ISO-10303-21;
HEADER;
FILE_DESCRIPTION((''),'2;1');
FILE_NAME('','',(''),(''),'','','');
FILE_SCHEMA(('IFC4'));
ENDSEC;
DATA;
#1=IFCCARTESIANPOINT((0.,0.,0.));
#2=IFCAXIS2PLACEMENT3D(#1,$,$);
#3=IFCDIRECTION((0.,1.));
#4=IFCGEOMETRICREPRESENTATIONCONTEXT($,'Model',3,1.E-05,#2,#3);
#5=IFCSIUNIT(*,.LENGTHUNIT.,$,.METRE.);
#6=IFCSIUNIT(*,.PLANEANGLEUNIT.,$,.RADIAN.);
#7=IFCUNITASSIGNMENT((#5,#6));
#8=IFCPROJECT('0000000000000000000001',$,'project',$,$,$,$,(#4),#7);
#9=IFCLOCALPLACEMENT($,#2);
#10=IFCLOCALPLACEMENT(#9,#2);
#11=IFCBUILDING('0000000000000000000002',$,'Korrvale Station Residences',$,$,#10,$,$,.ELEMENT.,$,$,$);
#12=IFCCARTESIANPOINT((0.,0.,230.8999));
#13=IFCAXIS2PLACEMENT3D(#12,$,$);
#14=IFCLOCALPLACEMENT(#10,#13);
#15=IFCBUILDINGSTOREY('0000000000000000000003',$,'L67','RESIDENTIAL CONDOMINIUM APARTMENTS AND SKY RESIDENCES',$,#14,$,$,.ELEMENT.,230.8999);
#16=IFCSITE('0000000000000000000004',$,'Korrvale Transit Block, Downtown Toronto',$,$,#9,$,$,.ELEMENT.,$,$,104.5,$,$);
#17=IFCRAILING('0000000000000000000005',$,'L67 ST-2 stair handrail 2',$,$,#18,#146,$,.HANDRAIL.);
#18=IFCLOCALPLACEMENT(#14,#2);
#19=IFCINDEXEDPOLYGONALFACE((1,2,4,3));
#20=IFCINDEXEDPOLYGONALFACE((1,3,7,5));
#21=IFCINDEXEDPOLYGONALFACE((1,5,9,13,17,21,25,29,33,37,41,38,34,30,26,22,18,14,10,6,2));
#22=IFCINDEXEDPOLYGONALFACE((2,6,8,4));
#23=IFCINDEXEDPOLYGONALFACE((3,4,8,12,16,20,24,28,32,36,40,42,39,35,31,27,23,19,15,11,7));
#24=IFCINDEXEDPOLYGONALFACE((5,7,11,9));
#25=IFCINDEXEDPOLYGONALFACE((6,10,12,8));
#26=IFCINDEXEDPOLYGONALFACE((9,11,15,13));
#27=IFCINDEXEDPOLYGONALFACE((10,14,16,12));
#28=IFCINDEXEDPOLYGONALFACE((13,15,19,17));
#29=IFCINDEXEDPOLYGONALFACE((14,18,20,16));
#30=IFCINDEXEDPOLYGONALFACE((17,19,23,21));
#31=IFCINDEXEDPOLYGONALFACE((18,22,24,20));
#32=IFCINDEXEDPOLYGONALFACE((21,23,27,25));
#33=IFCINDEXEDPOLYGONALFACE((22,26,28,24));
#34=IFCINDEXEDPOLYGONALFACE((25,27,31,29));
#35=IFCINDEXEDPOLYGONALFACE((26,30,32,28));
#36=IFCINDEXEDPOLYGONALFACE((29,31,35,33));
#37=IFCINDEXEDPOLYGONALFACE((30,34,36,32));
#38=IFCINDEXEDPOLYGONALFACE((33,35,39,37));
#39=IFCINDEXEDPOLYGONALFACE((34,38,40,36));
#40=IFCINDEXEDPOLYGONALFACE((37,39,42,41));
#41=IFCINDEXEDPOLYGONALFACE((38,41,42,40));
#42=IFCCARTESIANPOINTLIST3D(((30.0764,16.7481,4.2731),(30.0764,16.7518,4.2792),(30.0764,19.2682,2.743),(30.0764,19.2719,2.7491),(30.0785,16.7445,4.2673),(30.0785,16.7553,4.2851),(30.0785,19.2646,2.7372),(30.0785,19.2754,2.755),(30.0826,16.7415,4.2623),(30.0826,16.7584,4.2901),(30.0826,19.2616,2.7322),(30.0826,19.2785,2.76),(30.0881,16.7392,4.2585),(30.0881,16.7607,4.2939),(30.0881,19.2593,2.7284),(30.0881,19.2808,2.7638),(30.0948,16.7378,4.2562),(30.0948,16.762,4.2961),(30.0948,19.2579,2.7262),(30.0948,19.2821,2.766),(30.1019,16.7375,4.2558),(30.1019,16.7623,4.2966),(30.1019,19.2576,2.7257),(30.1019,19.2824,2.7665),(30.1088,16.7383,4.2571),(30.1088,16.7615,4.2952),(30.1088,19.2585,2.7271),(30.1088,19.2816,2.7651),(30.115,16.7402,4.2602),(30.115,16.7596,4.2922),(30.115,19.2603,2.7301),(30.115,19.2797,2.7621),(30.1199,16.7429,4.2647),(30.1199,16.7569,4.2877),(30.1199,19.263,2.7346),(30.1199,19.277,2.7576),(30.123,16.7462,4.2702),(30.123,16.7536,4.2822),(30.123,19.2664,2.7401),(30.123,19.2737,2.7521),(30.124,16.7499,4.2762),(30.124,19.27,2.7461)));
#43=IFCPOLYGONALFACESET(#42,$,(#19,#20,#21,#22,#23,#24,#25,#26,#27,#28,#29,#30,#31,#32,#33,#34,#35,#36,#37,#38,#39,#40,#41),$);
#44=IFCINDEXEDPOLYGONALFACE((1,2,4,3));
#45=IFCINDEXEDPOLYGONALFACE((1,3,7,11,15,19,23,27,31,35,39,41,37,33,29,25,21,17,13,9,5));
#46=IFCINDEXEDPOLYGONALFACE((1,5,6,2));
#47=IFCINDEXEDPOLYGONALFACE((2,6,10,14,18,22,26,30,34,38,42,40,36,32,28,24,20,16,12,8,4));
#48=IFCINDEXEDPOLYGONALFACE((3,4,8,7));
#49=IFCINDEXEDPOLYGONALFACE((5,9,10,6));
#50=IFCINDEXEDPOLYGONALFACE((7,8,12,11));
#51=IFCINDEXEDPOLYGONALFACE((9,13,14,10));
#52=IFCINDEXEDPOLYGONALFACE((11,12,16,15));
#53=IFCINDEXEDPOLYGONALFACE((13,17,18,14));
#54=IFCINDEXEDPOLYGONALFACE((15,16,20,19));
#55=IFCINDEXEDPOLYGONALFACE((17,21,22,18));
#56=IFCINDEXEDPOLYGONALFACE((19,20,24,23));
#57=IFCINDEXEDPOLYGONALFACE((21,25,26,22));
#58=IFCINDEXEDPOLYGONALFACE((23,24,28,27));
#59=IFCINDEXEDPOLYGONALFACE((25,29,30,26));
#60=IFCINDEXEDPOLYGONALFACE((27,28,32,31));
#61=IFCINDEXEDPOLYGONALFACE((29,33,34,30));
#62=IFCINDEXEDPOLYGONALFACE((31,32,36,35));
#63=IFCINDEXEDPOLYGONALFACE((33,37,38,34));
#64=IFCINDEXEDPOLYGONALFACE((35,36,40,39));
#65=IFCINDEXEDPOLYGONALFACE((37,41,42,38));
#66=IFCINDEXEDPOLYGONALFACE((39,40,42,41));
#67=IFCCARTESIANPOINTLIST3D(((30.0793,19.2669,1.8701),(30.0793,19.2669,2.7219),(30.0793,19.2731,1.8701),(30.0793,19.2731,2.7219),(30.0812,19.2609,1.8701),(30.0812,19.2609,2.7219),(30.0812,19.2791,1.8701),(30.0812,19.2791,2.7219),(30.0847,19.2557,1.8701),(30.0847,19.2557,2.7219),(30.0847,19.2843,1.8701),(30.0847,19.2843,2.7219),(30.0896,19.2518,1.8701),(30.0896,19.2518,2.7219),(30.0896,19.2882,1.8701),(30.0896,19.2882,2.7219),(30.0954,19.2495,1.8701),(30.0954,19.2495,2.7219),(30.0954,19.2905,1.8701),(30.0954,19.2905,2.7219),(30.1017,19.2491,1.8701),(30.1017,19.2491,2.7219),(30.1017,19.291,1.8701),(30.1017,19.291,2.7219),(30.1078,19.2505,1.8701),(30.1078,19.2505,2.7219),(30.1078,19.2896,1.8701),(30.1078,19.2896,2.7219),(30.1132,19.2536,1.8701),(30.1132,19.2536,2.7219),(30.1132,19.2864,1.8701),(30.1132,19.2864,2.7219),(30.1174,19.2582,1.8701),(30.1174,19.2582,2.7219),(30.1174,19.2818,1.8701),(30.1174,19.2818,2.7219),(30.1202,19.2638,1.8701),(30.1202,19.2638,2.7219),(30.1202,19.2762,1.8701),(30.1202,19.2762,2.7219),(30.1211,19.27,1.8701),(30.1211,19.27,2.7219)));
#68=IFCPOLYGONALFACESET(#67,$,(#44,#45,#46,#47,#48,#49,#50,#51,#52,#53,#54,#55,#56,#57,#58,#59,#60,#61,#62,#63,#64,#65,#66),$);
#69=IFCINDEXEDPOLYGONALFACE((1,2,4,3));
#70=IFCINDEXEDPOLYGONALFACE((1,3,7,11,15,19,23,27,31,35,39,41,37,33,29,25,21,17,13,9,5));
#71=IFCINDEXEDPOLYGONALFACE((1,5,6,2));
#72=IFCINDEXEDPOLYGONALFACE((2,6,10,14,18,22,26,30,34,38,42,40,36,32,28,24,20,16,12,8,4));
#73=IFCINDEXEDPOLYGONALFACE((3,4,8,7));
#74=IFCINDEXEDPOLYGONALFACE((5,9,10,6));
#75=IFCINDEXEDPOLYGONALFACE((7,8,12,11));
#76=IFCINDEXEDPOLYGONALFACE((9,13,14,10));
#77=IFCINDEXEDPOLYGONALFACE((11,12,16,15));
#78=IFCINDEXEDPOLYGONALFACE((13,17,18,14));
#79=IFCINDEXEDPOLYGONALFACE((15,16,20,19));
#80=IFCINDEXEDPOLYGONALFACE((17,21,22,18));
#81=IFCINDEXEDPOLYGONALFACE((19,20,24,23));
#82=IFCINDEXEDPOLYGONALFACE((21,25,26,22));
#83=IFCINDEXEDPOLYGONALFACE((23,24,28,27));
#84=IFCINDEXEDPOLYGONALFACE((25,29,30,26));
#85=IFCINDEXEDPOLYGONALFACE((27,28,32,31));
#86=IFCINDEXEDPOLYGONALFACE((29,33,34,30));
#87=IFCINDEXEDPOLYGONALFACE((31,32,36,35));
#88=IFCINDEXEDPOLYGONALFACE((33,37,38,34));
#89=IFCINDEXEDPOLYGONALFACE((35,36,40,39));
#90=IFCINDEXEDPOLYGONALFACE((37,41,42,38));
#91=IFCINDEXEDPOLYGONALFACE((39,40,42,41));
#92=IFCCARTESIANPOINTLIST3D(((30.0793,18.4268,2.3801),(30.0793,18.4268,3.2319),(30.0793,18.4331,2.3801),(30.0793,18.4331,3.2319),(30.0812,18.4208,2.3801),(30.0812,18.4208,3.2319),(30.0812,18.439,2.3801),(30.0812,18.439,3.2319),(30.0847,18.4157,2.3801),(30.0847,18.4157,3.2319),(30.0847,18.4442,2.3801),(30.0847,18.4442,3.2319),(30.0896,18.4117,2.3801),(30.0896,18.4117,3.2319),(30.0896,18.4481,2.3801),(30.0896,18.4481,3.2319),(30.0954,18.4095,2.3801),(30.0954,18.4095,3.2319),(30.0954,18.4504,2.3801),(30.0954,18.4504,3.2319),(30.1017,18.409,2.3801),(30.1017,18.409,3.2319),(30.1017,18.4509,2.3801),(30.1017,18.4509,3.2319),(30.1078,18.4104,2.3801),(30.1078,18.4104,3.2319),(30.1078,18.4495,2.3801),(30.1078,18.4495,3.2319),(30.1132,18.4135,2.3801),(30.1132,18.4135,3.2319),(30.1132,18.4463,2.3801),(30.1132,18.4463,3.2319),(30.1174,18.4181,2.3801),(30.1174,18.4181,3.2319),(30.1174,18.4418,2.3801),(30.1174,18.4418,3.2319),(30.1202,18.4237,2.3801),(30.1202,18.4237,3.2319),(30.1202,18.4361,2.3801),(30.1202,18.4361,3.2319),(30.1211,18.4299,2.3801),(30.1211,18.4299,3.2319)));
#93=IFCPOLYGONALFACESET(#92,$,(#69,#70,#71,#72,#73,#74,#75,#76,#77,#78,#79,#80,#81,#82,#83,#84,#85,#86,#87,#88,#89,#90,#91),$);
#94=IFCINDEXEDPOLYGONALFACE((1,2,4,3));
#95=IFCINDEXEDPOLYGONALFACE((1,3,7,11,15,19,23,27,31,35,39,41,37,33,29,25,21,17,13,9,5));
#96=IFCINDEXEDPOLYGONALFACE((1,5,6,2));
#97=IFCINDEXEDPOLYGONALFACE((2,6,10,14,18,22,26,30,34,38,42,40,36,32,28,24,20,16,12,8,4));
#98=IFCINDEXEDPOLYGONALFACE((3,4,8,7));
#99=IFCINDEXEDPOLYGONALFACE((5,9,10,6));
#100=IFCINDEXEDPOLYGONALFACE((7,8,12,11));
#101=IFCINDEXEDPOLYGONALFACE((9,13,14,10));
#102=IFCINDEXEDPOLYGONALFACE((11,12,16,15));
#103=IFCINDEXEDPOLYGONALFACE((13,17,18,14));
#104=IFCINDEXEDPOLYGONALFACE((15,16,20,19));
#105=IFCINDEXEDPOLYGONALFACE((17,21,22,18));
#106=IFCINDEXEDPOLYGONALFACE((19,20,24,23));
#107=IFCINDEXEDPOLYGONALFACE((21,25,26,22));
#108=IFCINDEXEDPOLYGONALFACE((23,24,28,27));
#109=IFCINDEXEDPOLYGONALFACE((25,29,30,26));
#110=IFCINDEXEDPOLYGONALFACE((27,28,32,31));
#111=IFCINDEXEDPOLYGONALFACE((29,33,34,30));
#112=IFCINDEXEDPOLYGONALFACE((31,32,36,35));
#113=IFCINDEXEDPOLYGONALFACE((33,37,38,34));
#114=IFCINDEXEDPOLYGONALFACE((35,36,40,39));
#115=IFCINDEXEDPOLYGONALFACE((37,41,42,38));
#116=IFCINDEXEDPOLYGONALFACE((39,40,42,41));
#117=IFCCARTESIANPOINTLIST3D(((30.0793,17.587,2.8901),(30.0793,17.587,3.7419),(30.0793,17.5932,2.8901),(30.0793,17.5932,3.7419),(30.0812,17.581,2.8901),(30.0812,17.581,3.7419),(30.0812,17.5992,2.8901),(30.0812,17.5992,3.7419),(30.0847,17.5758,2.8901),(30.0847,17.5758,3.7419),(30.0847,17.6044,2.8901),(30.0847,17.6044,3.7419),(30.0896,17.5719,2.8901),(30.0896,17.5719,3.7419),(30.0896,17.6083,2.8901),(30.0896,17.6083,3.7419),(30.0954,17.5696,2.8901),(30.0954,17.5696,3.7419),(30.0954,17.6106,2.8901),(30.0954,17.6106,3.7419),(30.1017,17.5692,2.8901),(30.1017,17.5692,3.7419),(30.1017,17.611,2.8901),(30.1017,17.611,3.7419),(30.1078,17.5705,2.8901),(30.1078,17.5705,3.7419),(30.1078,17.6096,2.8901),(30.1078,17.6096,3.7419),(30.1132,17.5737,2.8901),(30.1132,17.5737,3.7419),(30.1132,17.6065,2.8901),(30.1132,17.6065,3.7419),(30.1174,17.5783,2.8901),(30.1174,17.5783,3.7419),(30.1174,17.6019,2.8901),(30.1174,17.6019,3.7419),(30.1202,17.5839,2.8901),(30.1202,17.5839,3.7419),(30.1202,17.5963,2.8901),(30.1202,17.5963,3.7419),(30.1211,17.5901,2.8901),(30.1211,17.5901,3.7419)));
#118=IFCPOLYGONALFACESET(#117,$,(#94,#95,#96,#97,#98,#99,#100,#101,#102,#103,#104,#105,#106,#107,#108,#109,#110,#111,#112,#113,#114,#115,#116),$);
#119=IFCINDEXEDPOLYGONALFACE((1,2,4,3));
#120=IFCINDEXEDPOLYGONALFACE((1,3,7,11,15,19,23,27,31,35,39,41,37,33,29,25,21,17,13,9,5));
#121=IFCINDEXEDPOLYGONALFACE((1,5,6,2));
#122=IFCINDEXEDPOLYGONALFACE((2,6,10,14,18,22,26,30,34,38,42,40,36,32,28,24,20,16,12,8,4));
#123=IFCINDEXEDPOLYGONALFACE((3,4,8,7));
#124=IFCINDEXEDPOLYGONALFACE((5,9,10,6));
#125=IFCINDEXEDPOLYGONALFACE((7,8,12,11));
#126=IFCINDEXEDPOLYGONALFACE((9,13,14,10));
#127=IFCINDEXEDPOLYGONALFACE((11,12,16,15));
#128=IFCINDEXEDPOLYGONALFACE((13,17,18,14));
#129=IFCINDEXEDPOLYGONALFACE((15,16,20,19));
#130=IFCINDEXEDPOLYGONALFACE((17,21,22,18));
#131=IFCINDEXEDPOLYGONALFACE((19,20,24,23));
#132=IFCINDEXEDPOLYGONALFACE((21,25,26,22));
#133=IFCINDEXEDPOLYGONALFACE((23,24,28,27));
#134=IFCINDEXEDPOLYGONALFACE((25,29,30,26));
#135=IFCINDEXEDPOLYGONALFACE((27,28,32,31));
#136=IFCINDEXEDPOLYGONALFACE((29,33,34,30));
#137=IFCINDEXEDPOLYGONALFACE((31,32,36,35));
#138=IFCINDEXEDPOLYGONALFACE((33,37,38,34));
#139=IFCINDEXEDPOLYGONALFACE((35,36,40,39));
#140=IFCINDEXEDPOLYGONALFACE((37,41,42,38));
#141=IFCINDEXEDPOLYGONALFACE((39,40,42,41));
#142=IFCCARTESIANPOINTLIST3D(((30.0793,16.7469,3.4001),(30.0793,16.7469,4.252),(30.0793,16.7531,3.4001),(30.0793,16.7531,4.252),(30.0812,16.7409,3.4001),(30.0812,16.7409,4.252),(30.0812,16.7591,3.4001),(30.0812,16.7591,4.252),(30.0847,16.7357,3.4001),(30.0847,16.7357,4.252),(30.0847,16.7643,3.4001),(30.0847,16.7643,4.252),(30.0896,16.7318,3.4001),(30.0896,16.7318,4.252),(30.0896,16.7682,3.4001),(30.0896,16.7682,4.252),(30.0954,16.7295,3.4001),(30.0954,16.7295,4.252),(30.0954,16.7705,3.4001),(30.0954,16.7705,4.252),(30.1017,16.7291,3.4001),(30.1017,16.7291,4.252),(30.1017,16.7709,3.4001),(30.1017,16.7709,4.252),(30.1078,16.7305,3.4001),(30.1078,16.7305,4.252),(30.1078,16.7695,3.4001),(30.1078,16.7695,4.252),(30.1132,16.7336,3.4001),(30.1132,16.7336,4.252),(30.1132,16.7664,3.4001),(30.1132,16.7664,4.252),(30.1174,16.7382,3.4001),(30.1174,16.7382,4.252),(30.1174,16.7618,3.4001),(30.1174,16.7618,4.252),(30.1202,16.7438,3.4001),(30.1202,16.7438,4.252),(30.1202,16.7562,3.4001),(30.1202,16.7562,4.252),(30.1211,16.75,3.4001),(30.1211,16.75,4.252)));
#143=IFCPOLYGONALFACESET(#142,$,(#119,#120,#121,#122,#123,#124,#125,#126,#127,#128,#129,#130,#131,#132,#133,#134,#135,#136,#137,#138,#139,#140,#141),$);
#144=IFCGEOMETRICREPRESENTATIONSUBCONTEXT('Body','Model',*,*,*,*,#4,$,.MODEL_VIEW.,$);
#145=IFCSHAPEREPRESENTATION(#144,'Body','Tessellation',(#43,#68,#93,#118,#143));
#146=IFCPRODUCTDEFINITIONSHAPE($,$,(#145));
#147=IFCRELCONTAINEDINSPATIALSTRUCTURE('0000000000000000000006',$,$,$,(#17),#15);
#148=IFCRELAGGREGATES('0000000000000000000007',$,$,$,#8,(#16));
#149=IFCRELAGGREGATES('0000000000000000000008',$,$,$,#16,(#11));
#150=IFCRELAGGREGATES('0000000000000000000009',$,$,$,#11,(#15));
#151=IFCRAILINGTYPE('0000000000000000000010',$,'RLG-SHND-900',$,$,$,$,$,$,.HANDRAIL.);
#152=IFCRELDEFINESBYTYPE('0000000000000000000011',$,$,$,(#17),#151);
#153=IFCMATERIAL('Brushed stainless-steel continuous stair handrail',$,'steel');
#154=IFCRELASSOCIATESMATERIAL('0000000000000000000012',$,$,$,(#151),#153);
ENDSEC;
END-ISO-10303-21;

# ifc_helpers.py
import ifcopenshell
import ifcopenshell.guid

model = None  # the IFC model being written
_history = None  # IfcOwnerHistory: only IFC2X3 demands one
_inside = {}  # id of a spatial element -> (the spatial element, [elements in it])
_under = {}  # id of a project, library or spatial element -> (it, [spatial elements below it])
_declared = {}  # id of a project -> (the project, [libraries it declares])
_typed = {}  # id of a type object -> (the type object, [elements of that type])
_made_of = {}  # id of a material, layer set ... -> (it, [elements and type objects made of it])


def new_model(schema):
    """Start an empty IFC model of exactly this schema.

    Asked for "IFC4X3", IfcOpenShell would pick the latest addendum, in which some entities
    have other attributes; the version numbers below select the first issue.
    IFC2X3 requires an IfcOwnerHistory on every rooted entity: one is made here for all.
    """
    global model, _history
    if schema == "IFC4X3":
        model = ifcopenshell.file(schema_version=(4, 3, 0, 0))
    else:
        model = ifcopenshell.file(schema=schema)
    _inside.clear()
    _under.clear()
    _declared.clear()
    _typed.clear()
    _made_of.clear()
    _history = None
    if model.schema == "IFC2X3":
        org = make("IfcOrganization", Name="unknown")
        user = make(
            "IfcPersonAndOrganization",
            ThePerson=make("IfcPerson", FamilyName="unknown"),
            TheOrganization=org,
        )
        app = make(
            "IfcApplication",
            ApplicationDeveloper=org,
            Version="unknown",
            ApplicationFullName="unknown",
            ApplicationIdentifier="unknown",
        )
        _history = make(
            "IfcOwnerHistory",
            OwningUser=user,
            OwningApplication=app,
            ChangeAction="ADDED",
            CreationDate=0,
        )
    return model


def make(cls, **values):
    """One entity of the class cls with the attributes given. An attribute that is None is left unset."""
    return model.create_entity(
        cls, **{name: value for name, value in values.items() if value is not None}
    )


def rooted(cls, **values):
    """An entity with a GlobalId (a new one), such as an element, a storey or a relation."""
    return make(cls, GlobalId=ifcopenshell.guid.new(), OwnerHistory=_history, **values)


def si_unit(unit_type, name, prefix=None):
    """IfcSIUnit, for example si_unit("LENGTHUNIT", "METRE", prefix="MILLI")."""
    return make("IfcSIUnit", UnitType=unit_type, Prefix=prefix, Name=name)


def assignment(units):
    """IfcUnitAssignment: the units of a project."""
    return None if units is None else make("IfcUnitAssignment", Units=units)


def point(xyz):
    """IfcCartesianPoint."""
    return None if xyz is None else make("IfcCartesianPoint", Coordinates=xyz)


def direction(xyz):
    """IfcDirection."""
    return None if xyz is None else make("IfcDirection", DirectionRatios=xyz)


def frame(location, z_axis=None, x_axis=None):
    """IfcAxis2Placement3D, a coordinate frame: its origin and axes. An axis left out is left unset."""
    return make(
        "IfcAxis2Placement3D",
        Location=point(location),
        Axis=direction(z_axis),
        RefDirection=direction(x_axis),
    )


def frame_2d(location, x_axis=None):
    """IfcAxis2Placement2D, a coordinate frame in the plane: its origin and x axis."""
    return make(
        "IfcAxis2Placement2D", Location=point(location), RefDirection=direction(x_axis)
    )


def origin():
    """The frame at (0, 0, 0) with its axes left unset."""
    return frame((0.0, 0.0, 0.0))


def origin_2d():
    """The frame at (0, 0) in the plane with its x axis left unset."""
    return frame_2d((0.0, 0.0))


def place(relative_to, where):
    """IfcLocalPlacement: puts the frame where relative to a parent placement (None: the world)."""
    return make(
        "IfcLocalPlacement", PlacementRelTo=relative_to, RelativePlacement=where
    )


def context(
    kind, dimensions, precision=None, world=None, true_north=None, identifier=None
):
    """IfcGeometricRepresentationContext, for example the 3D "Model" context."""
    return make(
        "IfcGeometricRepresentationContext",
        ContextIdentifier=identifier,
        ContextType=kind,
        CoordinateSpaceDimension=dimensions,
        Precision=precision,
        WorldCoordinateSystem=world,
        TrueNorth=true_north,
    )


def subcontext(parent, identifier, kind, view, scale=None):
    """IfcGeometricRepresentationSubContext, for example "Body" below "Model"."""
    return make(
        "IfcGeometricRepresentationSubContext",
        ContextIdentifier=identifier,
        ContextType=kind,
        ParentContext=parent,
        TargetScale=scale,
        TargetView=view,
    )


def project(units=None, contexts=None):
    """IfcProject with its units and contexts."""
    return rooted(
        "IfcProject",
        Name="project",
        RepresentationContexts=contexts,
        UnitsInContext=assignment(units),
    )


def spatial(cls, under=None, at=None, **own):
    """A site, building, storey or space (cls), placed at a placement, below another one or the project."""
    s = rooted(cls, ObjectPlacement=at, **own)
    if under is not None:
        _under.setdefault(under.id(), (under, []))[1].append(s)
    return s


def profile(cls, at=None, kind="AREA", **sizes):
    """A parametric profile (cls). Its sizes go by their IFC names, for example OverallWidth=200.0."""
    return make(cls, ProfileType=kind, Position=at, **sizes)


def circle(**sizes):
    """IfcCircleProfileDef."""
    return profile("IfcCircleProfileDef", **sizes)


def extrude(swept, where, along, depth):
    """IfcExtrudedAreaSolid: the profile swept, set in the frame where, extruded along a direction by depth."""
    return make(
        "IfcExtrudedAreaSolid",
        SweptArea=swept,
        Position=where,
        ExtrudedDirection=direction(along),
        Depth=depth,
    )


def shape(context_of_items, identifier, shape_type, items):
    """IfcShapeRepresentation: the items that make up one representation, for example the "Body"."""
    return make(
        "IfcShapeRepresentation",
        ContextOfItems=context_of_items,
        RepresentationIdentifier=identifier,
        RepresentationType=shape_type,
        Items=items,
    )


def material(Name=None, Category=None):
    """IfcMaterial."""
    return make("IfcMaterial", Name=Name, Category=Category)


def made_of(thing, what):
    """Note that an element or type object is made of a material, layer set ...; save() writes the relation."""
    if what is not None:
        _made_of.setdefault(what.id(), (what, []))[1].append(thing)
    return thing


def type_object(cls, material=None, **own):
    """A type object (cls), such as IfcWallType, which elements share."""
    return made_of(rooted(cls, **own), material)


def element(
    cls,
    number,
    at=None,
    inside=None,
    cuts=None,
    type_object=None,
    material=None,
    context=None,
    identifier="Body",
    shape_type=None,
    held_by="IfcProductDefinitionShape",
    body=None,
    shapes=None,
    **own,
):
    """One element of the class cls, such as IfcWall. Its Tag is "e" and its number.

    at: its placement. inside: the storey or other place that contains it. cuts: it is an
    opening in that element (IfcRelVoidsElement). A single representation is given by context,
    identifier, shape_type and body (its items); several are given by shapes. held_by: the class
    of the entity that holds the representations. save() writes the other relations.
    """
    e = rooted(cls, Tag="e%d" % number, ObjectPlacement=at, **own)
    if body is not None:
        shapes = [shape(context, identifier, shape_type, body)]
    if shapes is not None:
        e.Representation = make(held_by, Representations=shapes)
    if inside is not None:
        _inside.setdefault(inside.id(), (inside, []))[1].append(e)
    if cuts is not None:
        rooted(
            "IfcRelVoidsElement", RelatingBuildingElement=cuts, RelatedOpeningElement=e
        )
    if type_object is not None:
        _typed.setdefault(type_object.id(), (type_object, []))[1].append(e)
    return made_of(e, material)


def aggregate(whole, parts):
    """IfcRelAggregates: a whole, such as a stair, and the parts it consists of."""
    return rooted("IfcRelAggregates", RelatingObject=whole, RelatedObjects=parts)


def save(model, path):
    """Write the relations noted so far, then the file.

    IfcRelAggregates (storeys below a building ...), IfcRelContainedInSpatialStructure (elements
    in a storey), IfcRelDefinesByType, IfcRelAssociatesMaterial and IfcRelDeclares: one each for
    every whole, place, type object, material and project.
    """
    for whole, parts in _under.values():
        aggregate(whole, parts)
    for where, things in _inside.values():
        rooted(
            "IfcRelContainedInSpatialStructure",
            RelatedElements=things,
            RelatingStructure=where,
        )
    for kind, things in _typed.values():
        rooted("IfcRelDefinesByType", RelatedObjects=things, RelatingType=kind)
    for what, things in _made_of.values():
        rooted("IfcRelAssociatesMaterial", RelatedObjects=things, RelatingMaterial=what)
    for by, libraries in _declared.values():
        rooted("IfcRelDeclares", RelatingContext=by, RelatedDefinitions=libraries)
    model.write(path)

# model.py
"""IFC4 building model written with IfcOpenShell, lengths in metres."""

from ifc_helpers import new_model, si_unit, direction, frame, origin, origin_2d, place, context, subcontext, project, spatial, circle, extrude, material, type_object, element, save


model = new_model("IFC4")

# Units and contexts
model_context = context("Model", 3, precision=1e-05, world=origin(), true_north=direction((0.0, 1.0)))
body_context = subcontext(model_context, "Body", "Model", "MODEL_VIEW")
ifc_project = project(units=[si_unit("LENGTHUNIT", "METRE"), si_unit("PLANEANGLEUNIT", "RADIAN")], contexts=[model_context])

# Site, building, storey
site_placement = place(None, origin())
site = spatial("IfcSite", under=ifc_project, at=site_placement, Name="Korrvale Transit Block, Downtown Toronto", CompositionType="ELEMENT", RefElevation=104.5)
building_placement = place(site_placement, origin())
building = spatial("IfcBuilding", under=site, at=building_placement, Name="Korrvale Station Residences", CompositionType="ELEMENT")
storey_placement = place(building_placement, frame((0.0, 0.0, 230.8999)))
storey = spatial("IfcBuildingStorey", under=building, at=storey_placement, Name="L67", Description="RESIDENTIAL CONDOMINIUM APARTMENTS AND SKY RESIDENCES", CompositionType="ELEMENT", Elevation=230.8999)

# Railing
ifc_material_1 = material(Name="Brushed stainless-steel continuous stair handrail", Category="steel")
railing_type_1 = type_object("IfcRailingType", Name="RLG-SHND-900", PredefinedType="HANDRAIL", material=ifc_material_1)
railing_1_placement = place(storey_placement, frame((30.1001, 19.27, 1.8701)))
element("IfcRailing", 1, at=railing_1_placement, inside=storey, type_object=railing_type_1, Name="L67 ST-2 stair handrail 2", PredefinedType="HANDRAIL", context=body_context, shape_type="SweptSolid", body=[
    extrude(circle(Radius=0.0239, at=origin_2d()), frame((0.0, 0.0, 0.876), z_axis=(0.0, -0.854785, 0.518982), x_axis=(1.0, 0.0, 0.0)), (0.0, 0.0, 1.0), 2.9482),
    extrude(circle(Radius=0.021, at=origin_2d()), origin(), (0.0, 0.0, 1.0), 0.8518),
    extrude(circle(Radius=0.021, at=origin_2d()), frame((0.0, -0.8401, 0.51)), (0.0, 0.0, 1.0), 0.8518),
    extrude(circle(Radius=0.021, at=origin_2d()), frame((0.0, -1.6799, 1.02)), (0.0, 0.0, 1.0), 0.8518),
    extrude(circle(Radius=0.021, at=origin_2d()), frame((0.0, -2.52, 1.53)), (0.0, 0.0, 1.0), 0.8518),
])

save(model, "model.ifc")
